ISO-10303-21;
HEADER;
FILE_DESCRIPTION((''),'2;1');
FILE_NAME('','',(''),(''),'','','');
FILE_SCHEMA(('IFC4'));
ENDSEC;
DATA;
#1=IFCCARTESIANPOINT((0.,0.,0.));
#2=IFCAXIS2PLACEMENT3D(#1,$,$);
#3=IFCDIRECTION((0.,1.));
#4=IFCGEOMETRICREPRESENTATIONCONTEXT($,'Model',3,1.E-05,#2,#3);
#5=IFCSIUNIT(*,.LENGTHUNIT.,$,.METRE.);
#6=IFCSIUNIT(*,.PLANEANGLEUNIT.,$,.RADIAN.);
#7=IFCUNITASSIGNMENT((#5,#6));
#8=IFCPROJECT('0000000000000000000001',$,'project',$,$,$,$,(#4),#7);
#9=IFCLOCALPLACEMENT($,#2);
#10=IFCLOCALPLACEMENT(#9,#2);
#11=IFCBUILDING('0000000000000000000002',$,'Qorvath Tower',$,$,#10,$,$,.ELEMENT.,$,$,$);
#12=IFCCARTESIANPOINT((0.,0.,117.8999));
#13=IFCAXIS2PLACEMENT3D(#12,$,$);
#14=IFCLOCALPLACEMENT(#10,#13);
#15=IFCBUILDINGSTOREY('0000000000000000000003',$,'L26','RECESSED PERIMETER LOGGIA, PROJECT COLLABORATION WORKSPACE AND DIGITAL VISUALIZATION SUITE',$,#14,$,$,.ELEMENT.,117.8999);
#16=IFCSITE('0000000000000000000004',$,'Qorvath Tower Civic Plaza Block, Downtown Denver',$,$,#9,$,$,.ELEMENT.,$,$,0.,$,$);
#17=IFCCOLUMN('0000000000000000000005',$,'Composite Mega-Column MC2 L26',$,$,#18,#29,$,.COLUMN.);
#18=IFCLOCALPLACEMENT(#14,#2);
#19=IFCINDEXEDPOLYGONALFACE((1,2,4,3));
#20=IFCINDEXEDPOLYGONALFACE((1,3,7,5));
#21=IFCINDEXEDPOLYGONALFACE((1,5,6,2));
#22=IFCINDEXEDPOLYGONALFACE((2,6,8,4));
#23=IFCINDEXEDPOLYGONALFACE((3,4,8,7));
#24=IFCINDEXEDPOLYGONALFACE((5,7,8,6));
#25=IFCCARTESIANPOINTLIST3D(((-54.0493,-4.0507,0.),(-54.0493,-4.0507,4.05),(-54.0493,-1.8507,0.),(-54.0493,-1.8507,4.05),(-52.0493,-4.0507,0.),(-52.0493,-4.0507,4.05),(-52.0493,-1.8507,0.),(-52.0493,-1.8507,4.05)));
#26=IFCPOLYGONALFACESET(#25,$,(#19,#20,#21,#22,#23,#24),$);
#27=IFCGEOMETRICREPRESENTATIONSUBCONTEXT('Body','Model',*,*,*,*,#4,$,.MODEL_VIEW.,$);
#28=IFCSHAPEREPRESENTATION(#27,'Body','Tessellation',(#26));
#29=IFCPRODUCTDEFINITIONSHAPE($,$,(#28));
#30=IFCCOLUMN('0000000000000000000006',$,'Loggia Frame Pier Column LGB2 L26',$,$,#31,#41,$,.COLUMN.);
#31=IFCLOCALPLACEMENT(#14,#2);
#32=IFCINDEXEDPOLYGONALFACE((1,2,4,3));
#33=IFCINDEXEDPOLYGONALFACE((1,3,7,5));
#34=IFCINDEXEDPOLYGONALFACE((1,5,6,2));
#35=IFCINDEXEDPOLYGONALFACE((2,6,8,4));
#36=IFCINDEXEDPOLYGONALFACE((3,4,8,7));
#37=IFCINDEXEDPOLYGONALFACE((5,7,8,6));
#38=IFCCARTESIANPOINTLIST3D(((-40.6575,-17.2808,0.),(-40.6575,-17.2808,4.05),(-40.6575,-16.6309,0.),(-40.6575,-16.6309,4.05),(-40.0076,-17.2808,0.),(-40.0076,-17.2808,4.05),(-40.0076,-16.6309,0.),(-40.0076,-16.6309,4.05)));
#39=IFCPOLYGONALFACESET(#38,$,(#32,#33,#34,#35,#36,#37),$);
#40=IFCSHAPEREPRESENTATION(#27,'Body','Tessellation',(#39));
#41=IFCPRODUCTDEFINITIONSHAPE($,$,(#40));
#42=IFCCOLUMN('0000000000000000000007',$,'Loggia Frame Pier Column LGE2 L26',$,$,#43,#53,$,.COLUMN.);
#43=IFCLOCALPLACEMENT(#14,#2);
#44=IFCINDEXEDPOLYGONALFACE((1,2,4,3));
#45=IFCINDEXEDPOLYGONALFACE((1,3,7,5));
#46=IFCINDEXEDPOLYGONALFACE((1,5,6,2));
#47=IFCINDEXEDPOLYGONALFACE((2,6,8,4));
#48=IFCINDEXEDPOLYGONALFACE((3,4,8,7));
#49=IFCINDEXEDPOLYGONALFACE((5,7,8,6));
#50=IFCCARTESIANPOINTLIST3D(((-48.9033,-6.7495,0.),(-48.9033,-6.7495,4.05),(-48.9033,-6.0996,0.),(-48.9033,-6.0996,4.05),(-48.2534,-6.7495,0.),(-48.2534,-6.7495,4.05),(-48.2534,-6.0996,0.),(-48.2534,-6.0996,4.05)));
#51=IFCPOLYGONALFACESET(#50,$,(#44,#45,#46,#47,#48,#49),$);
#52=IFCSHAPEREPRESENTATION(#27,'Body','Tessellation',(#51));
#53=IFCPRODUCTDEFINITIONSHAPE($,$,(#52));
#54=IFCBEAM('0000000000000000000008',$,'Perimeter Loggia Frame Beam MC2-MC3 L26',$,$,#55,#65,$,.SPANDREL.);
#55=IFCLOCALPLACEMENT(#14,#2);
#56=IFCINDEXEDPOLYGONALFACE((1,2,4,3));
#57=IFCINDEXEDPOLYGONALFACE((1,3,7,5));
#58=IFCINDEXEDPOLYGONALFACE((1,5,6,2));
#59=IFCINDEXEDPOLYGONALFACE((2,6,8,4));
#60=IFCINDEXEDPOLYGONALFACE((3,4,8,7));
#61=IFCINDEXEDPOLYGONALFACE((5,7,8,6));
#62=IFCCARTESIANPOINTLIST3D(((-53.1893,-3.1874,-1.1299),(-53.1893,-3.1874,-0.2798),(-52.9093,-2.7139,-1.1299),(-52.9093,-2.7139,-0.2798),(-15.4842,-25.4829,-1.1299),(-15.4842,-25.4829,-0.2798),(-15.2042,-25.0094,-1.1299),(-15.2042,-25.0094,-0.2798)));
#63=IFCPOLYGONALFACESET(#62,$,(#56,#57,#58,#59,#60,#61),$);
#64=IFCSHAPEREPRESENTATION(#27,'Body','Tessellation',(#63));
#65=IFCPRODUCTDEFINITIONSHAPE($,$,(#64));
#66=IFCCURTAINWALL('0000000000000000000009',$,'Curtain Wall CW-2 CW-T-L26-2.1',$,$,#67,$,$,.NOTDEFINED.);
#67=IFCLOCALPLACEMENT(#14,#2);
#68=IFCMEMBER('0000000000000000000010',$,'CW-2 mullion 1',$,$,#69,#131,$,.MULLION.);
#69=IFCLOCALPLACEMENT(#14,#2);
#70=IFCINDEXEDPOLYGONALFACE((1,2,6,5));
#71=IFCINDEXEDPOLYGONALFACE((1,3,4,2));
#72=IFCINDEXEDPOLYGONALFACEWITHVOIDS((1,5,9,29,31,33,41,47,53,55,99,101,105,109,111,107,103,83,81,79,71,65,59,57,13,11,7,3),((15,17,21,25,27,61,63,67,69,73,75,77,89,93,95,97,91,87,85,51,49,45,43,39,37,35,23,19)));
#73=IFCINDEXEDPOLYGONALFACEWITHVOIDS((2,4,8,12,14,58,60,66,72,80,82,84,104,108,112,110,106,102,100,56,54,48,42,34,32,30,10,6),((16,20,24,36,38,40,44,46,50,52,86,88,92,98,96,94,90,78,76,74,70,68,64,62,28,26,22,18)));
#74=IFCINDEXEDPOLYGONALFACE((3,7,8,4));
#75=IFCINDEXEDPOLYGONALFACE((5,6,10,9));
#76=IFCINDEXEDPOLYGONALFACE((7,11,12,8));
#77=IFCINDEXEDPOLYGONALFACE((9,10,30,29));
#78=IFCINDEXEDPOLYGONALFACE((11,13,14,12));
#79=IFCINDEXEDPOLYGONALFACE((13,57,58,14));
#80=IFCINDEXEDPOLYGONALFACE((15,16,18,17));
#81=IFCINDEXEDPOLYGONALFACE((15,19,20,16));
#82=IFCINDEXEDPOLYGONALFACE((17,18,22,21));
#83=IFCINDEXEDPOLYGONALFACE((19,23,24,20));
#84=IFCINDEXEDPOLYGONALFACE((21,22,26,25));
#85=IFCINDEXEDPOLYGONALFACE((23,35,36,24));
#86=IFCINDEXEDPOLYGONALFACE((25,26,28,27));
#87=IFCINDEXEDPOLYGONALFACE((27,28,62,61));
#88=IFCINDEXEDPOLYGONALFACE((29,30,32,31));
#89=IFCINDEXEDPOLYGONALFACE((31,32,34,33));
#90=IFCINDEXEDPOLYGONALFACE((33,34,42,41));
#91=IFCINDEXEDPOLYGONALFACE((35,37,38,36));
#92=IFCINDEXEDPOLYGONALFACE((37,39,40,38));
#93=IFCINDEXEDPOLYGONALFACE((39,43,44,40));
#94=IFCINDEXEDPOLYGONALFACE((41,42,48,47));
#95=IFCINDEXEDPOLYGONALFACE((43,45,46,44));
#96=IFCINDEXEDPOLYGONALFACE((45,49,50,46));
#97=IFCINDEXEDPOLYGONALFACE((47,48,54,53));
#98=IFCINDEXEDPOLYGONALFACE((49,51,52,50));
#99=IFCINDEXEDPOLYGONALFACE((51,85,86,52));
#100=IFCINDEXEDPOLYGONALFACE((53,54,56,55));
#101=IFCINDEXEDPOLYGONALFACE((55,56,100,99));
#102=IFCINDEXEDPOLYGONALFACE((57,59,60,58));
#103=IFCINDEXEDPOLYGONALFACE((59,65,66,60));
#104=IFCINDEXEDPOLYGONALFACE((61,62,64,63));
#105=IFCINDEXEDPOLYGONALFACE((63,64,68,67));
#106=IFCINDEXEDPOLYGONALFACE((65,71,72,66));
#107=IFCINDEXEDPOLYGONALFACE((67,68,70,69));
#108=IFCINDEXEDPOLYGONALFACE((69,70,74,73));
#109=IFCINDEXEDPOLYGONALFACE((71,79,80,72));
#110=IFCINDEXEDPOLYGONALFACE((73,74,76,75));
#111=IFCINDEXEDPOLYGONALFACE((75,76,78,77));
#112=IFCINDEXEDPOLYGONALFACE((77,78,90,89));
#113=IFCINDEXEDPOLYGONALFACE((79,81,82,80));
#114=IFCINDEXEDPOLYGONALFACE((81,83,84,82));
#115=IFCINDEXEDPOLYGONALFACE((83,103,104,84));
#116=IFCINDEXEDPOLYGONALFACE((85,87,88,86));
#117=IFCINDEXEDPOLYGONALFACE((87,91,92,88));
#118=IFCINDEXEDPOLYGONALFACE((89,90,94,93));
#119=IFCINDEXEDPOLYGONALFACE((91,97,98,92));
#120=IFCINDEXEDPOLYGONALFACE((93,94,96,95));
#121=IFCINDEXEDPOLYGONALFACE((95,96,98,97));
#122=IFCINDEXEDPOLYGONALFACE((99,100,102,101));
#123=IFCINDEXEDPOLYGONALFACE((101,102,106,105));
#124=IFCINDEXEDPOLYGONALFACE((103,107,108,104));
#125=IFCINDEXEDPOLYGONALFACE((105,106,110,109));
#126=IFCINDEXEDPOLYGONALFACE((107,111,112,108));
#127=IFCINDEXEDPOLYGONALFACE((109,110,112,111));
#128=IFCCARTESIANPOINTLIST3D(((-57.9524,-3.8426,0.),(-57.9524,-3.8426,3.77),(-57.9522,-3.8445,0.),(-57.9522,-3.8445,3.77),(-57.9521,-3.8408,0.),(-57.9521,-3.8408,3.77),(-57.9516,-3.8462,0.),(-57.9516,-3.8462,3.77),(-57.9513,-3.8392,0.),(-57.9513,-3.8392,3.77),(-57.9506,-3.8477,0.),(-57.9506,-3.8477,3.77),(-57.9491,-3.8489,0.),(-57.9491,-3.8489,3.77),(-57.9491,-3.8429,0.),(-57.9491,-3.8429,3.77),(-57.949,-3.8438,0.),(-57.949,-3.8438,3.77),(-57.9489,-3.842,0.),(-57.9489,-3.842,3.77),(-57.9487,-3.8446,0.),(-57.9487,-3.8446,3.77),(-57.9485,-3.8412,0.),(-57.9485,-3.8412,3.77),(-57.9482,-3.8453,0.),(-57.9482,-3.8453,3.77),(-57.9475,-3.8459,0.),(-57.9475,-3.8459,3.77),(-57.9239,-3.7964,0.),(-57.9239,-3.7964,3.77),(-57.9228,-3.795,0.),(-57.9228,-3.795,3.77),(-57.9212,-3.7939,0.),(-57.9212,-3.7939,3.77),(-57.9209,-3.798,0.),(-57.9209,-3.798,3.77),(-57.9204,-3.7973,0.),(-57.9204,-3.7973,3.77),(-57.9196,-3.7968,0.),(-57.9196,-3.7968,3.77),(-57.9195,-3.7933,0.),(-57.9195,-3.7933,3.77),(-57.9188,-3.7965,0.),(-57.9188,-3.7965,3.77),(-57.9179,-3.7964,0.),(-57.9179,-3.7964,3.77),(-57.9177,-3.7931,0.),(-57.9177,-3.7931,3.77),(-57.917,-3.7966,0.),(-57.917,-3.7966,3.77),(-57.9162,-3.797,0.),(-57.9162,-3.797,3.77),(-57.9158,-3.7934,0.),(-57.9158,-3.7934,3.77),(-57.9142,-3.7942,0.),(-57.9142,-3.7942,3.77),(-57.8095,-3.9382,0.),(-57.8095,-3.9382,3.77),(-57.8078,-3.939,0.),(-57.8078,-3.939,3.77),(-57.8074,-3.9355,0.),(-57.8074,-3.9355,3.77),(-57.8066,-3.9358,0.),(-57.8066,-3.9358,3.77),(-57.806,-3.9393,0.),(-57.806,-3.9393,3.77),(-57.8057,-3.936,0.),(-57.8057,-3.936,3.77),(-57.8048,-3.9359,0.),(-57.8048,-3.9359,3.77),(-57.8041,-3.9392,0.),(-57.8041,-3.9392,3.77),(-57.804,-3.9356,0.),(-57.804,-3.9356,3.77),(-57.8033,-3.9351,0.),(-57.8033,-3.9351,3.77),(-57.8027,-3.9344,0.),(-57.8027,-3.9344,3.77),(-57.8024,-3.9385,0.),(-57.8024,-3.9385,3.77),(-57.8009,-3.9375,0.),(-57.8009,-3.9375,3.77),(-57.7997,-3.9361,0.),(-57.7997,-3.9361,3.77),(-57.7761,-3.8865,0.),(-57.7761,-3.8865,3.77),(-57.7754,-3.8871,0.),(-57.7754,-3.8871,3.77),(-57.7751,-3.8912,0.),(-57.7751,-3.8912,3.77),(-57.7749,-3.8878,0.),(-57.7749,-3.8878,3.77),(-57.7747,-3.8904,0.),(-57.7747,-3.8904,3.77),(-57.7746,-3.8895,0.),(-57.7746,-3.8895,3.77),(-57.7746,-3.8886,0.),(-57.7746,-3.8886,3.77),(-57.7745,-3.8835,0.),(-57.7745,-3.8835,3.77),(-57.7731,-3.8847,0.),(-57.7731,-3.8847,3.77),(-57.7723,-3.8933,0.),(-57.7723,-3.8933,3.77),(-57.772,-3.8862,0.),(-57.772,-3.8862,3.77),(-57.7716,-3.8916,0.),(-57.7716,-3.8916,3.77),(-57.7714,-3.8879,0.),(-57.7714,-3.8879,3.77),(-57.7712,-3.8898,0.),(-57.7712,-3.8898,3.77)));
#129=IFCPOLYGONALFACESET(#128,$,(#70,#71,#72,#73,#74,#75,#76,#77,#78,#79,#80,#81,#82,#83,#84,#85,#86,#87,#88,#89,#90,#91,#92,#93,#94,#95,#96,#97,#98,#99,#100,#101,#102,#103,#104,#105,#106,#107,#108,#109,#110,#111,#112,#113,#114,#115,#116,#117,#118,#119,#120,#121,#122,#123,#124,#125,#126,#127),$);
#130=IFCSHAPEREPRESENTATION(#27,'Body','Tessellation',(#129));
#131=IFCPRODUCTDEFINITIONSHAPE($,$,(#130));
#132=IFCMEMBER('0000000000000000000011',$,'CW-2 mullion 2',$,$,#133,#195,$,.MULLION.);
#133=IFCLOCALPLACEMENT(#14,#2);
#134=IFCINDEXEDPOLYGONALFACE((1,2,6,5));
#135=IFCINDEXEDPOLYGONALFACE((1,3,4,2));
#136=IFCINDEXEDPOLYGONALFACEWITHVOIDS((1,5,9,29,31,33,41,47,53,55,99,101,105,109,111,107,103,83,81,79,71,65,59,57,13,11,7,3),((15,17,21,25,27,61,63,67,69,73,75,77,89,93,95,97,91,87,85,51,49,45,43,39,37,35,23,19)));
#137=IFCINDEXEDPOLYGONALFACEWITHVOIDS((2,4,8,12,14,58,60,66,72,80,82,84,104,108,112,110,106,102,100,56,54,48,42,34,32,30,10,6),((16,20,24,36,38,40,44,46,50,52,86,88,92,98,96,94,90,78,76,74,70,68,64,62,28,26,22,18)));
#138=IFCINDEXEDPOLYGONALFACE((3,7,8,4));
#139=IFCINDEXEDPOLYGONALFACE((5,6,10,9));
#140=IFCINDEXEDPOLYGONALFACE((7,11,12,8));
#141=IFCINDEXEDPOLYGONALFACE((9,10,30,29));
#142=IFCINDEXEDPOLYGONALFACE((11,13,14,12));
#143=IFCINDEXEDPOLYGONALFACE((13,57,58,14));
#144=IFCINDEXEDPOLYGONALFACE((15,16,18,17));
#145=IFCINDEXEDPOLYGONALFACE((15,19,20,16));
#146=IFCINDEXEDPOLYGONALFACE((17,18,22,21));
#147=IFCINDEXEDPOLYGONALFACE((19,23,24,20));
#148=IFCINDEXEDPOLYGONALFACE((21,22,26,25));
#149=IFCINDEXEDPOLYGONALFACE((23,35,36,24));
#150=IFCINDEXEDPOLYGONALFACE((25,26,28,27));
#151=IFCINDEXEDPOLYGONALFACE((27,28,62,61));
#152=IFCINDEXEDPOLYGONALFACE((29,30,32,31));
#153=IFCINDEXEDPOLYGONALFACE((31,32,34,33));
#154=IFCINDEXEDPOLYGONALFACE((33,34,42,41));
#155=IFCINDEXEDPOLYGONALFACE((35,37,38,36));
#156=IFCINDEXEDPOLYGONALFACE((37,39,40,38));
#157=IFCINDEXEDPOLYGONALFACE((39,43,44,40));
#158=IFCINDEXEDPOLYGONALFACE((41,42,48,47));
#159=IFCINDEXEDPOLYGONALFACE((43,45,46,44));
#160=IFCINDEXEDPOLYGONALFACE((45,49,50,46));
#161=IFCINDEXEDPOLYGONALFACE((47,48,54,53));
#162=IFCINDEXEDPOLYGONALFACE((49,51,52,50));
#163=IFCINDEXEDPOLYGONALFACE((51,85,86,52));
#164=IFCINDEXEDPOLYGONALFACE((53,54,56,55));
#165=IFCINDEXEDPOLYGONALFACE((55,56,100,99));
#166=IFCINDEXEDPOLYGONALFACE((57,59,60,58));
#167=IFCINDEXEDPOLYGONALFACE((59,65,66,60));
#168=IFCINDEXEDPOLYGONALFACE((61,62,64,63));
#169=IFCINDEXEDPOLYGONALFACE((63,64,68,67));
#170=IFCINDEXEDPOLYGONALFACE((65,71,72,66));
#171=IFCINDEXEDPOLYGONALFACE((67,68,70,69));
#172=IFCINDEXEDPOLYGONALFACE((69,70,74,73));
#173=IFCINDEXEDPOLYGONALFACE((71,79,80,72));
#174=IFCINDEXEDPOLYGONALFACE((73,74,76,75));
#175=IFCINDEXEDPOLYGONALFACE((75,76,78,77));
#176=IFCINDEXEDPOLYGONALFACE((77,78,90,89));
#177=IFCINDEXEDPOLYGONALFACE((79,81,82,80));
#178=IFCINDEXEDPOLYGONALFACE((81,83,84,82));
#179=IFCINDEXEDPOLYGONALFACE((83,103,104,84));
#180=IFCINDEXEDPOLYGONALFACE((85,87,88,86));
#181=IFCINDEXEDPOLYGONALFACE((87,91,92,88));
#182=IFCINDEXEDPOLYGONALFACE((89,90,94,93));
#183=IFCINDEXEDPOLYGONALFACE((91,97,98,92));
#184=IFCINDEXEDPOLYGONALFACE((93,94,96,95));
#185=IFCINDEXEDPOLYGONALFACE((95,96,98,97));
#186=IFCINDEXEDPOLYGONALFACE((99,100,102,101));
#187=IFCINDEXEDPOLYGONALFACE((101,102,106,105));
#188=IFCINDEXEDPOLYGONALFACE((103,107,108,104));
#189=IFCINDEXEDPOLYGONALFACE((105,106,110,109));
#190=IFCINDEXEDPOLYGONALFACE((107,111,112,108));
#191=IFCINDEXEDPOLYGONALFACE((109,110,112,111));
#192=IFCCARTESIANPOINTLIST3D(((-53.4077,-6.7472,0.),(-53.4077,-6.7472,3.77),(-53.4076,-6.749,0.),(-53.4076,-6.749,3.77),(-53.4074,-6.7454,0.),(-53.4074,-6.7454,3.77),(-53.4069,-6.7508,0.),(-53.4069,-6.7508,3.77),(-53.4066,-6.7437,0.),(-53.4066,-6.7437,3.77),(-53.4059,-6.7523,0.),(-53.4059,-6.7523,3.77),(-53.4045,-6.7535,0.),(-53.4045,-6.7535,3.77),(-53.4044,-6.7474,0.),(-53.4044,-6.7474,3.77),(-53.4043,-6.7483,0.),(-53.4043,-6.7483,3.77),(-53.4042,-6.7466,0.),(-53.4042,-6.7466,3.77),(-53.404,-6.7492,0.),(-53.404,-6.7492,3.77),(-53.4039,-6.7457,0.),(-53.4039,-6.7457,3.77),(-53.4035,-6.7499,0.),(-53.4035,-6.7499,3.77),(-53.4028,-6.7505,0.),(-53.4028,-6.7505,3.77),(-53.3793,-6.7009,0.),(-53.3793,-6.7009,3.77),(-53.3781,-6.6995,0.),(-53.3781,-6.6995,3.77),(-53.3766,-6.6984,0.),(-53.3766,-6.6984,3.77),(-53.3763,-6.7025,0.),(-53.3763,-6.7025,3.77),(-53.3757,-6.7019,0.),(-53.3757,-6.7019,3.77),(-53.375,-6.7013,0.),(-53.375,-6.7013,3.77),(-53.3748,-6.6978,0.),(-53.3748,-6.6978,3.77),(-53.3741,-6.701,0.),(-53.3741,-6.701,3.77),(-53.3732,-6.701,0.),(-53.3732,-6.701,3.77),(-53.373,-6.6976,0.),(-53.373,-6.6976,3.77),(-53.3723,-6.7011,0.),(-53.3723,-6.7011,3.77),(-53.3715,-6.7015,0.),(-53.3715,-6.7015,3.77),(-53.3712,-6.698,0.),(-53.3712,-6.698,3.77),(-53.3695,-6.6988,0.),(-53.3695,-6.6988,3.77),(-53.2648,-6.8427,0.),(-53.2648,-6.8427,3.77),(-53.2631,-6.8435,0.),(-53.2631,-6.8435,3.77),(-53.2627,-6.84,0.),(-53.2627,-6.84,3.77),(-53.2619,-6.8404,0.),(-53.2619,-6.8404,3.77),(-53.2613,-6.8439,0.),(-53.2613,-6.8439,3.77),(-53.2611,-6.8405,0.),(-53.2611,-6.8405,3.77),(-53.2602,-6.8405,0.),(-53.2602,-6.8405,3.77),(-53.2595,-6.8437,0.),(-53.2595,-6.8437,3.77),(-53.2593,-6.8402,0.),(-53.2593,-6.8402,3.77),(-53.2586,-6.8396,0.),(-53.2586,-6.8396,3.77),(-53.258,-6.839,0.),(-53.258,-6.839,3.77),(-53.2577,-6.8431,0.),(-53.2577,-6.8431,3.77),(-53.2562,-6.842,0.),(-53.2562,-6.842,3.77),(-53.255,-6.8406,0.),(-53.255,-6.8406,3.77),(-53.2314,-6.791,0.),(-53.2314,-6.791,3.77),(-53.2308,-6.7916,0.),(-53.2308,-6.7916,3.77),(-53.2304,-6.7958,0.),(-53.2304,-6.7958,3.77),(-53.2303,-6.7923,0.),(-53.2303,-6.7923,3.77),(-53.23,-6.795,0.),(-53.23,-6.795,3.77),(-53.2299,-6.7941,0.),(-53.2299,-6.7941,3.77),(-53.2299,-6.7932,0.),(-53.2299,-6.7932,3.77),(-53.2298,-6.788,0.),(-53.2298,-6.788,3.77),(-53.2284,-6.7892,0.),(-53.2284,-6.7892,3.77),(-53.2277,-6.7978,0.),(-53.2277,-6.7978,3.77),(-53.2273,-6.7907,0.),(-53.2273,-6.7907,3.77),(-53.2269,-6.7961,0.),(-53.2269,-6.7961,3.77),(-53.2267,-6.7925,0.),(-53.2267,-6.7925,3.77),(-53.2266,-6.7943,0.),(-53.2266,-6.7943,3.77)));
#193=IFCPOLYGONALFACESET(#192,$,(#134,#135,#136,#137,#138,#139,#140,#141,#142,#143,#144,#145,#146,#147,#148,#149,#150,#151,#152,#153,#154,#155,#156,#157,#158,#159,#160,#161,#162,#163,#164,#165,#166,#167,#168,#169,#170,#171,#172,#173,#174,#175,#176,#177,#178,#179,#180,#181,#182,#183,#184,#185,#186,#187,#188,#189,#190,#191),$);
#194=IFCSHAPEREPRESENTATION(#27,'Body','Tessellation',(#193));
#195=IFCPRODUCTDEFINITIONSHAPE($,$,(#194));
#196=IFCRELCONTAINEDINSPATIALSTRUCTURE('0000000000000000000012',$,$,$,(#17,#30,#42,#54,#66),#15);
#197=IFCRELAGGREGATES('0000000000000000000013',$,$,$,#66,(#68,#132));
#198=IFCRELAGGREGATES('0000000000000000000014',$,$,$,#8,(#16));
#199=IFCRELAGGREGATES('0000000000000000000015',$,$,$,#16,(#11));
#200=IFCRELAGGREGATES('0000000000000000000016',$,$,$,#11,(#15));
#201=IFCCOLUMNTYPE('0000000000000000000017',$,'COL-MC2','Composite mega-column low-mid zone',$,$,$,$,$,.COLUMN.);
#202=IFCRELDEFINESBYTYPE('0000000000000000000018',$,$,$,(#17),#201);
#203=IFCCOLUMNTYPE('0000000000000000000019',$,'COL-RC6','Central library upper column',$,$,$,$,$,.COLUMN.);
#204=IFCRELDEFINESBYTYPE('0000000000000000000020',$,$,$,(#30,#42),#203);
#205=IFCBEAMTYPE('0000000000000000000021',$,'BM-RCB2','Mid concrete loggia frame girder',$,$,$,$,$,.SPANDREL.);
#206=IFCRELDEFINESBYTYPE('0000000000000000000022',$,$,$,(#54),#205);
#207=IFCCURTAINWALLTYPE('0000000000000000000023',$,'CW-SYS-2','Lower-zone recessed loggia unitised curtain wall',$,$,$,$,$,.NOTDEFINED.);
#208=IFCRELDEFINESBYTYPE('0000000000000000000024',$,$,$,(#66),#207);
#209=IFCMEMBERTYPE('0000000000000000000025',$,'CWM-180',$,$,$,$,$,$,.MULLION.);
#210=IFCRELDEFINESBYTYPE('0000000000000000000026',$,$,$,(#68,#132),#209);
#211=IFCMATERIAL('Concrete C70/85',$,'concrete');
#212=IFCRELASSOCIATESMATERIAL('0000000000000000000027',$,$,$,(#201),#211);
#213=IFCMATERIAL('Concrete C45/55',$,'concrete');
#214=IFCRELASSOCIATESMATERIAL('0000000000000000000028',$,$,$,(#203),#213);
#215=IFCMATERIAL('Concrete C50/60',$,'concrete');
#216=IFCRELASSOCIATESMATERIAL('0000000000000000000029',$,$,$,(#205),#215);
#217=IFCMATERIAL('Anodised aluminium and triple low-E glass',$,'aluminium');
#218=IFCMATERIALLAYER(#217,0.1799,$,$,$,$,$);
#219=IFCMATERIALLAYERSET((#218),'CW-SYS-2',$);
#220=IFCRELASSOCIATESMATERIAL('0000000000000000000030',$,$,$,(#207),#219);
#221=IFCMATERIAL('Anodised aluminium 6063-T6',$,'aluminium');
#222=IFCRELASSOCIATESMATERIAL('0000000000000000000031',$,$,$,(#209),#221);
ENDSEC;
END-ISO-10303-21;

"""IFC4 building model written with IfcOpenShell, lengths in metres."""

from ifc_helpers import new_model, si_unit, direction, frame, origin, origin_2d, place, context, subcontext, project, spatial, rectangle, hollow_rectangle, extrude, material, layer, layer_set, material_profile, profile_set, type_object, element, aggregate, save


model = new_model("IFC4")

# Units and contexts
model_context = context("Model", 3, precision=1e-05, world=origin(), true_north=direction((0.0, 1.0)))
body_context = subcontext(model_context, "Body", "Model", "MODEL_VIEW")
ifc_project = project(units=[si_unit("LENGTHUNIT", "METRE"), si_unit("PLANEANGLEUNIT", "RADIAN")], contexts=[model_context])

# Site, building, storey
site_placement = place(None, origin())
site = spatial("IfcSite", under=ifc_project, at=site_placement, Name="Qorvath Tower Civic Plaza Block, Downtown Denver", CompositionType="ELEMENT", RefElevation=0.0)
building_placement = place(site_placement, origin())
building = spatial("IfcBuilding", under=site, at=building_placement, Name="Qorvath Tower", CompositionType="ELEMENT")
storey_placement = place(building_placement, frame((0.0, 0.0, 117.8999)))
storey = spatial("IfcBuildingStorey", under=building, at=storey_placement, Name="L26", Description="RECESSED PERIMETER LOGGIA, PROJECT COLLABORATION WORKSPACE AND DIGITAL VISUALIZATION SUITE", CompositionType="ELEMENT", Elevation=117.8999)

# Columns
ifc_material_1 = material(Name="Concrete C70/85", Category="concrete")
ifc_material_profile_1 = material_profile(ifc_material_1, rectangle(XDim=2.0, YDim=2.2, at=origin_2d()), Name="MC 2200x2000")
ifc_profile_set_1 = profile_set([ifc_material_profile_1], Name="Concrete C70/85")
column_type_1 = type_object("IfcColumnType", Name="COL-MC2", Description="Composite mega-column low-mid zone", PredefinedType="COLUMN", material=ifc_profile_set_1)
column_placement = place(storey_placement, frame((-53.0493, -2.9507, 0.0), z_axis=(0.0, 0.0, 1.0), x_axis=(1.0, 0.0, 0.0)))
element("IfcColumn", 1, at=column_placement, inside=storey, type_object=column_type_1, Name="Composite Mega-Column MC2 L26", PredefinedType="COLUMN", context=body_context, shape_type="SweptSolid", body=[
    extrude(rectangle(XDim=2.0, YDim=2.2, at=origin_2d()), origin(), (0.0, 0.0, 1.0), 4.05),
])
ifc_material_2 = material(Name="Concrete C45/55", Category="concrete")
ifc_material_profile_2 = material_profile(ifc_material_2, rectangle(XDim=0.6499, YDim=0.6499, at=origin_2d()), Name="RC 650x650")
ifc_profile_set_2 = profile_set([ifc_material_profile_2], Name="Concrete C45/55")
column_type_2 = type_object("IfcColumnType", Name="COL-RC6", Description="Central library upper column", PredefinedType="COLUMN", material=ifc_profile_set_2)
for number, where, z_axis, x_axis, name in (
    (2, (-40.3325, -16.9558, 0.0), (0.0, 0.0, 1.0), (1.0, 0.0, 0.0), "Loggia Frame Pier Column LGB2 L26"),
    (3, (-48.5784, -6.4246, 0.0), (0.0, 0.0, 1.0), (1.0, 0.0, 0.0), "Loggia Frame Pier Column LGE2 L26"),
):
    element("IfcColumn", number, at=place(storey_placement, frame(where, z_axis=z_axis, x_axis=x_axis)), inside=storey, type_object=column_type_2, Name=name, PredefinedType="COLUMN", context=body_context, shape_type="SweptSolid", body=[
        extrude(rectangle(XDim=0.6499, YDim=0.6499, at=origin_2d()), origin(), (0.0, 0.0, 1.0), 4.05),
    ])

# Beam
ifc_material_3 = material(Name="Concrete C50/60", Category="concrete")
ifc_material_profile_3 = material_profile(ifc_material_3, rectangle(XDim=0.55, YDim=0.8501, at=origin_2d()), Name="RCB 850x550")
ifc_profile_set_3 = profile_set([ifc_material_profile_3], Name="Concrete C50/60")
beam_type = type_object("IfcBeamType", Name="BM-RCB2", Description="Mid concrete loggia frame girder", PredefinedType="SPANDREL", material=ifc_profile_set_3)
beam_placement = place(storey_placement, frame((-53.0493, -2.9507, -0.7048), z_axis=(0.860775, -0.508985, 0.0), x_axis=(0.508985, 0.860775, 0.0)))
element("IfcBeam", 4, at=beam_placement, inside=storey, type_object=beam_type, Name="Perimeter Loggia Frame Beam MC2-MC3 L26", PredefinedType="SPANDREL", context=body_context, shape_type="SweptSolid", body=[
    extrude(rectangle(XDim=0.55, YDim=0.8501, at=origin_2d()), origin(), (0.0, 0.0, 1.0), 43.8037),
])

# Curtain wall, members
ifc_material_4 = material(Name="Anodised aluminium and triple low-E glass", Category="aluminium")
ifc_layer_1 = layer(ifc_material_4, 0.1799)
ifc_layer_set_1 = layer_set([ifc_layer_1], Name="CW-SYS-2")
curtain_wall_type = type_object("IfcCurtainWallType", Name="CW-SYS-2", Description="Lower-zone recessed loggia unitised curtain wall", PredefinedType="NOTDEFINED", material=ifc_layer_set_1)
curtain_wall_placement = place(storey_placement, origin())
curtain_wall = element("IfcCurtainWall", 5, at=curtain_wall_placement, inside=storey, type_object=curtain_wall_type, Name="Curtain Wall CW-2 CW-T-L26-2.1", PredefinedType="NOTDEFINED")
ifc_material_5 = material(Name="Anodised aluminium 6063-T6", Category="aluminium")
ifc_material_profile_4 = material_profile(ifc_material_5, hollow_rectangle(XDim=0.0649, YDim=0.1799, WallThickness=0.0034, InnerFilletRadius=0.0034, OuterFilletRadius=0.0071, at=origin_2d()), Name="CWM 180x65")
ifc_profile_set_4 = profile_set([ifc_material_profile_4], Name="Anodised aluminium 6063-T6")
member_type_1 = type_object("IfcMemberType", Name="CWM-180", PredefinedType="MULLION", material=ifc_profile_set_4)
member_1_placement = place(storey_placement, frame((-57.8618, -3.8662, 0.0), z_axis=(0.0, 0.0, 1.0), x_axis=(0.538534, 0.842604, 0.0)))
member_1 = element("IfcMember", 6, at=member_1_placement, type_object=member_type_1, Name="CW-2 mullion 1", PredefinedType="MULLION", context=body_context, shape_type="SweptSolid", body=[
    extrude(hollow_rectangle(XDim=0.0649, YDim=0.1799, WallThickness=0.0034, InnerFilletRadius=0.0034, OuterFilletRadius=0.0071, at=origin_2d()), origin(), (0.0, 0.0, 1.0), 3.77),
])
member_2_placement = place(storey_placement, frame((-53.3171, -6.7708, 0.0), z_axis=(0.0, 0.0, 1.0), x_axis=(0.538534, 0.842604, 0.0)))
member_2 = element("IfcMember", 7, at=member_2_placement, type_object=member_type_1, Name="CW-2 mullion 2", PredefinedType="MULLION", context=body_context, shape_type="SweptSolid", body=[
    extrude(hollow_rectangle(XDim=0.0649, YDim=0.1799, WallThickness=0.0034, InnerFilletRadius=0.0034, OuterFilletRadius=0.0071, at=origin_2d()), origin(), (0.0, 0.0, 1.0), 3.77),
])
aggregate(curtain_wall, [member_1, member_2])

save(model, "model.ifc")
